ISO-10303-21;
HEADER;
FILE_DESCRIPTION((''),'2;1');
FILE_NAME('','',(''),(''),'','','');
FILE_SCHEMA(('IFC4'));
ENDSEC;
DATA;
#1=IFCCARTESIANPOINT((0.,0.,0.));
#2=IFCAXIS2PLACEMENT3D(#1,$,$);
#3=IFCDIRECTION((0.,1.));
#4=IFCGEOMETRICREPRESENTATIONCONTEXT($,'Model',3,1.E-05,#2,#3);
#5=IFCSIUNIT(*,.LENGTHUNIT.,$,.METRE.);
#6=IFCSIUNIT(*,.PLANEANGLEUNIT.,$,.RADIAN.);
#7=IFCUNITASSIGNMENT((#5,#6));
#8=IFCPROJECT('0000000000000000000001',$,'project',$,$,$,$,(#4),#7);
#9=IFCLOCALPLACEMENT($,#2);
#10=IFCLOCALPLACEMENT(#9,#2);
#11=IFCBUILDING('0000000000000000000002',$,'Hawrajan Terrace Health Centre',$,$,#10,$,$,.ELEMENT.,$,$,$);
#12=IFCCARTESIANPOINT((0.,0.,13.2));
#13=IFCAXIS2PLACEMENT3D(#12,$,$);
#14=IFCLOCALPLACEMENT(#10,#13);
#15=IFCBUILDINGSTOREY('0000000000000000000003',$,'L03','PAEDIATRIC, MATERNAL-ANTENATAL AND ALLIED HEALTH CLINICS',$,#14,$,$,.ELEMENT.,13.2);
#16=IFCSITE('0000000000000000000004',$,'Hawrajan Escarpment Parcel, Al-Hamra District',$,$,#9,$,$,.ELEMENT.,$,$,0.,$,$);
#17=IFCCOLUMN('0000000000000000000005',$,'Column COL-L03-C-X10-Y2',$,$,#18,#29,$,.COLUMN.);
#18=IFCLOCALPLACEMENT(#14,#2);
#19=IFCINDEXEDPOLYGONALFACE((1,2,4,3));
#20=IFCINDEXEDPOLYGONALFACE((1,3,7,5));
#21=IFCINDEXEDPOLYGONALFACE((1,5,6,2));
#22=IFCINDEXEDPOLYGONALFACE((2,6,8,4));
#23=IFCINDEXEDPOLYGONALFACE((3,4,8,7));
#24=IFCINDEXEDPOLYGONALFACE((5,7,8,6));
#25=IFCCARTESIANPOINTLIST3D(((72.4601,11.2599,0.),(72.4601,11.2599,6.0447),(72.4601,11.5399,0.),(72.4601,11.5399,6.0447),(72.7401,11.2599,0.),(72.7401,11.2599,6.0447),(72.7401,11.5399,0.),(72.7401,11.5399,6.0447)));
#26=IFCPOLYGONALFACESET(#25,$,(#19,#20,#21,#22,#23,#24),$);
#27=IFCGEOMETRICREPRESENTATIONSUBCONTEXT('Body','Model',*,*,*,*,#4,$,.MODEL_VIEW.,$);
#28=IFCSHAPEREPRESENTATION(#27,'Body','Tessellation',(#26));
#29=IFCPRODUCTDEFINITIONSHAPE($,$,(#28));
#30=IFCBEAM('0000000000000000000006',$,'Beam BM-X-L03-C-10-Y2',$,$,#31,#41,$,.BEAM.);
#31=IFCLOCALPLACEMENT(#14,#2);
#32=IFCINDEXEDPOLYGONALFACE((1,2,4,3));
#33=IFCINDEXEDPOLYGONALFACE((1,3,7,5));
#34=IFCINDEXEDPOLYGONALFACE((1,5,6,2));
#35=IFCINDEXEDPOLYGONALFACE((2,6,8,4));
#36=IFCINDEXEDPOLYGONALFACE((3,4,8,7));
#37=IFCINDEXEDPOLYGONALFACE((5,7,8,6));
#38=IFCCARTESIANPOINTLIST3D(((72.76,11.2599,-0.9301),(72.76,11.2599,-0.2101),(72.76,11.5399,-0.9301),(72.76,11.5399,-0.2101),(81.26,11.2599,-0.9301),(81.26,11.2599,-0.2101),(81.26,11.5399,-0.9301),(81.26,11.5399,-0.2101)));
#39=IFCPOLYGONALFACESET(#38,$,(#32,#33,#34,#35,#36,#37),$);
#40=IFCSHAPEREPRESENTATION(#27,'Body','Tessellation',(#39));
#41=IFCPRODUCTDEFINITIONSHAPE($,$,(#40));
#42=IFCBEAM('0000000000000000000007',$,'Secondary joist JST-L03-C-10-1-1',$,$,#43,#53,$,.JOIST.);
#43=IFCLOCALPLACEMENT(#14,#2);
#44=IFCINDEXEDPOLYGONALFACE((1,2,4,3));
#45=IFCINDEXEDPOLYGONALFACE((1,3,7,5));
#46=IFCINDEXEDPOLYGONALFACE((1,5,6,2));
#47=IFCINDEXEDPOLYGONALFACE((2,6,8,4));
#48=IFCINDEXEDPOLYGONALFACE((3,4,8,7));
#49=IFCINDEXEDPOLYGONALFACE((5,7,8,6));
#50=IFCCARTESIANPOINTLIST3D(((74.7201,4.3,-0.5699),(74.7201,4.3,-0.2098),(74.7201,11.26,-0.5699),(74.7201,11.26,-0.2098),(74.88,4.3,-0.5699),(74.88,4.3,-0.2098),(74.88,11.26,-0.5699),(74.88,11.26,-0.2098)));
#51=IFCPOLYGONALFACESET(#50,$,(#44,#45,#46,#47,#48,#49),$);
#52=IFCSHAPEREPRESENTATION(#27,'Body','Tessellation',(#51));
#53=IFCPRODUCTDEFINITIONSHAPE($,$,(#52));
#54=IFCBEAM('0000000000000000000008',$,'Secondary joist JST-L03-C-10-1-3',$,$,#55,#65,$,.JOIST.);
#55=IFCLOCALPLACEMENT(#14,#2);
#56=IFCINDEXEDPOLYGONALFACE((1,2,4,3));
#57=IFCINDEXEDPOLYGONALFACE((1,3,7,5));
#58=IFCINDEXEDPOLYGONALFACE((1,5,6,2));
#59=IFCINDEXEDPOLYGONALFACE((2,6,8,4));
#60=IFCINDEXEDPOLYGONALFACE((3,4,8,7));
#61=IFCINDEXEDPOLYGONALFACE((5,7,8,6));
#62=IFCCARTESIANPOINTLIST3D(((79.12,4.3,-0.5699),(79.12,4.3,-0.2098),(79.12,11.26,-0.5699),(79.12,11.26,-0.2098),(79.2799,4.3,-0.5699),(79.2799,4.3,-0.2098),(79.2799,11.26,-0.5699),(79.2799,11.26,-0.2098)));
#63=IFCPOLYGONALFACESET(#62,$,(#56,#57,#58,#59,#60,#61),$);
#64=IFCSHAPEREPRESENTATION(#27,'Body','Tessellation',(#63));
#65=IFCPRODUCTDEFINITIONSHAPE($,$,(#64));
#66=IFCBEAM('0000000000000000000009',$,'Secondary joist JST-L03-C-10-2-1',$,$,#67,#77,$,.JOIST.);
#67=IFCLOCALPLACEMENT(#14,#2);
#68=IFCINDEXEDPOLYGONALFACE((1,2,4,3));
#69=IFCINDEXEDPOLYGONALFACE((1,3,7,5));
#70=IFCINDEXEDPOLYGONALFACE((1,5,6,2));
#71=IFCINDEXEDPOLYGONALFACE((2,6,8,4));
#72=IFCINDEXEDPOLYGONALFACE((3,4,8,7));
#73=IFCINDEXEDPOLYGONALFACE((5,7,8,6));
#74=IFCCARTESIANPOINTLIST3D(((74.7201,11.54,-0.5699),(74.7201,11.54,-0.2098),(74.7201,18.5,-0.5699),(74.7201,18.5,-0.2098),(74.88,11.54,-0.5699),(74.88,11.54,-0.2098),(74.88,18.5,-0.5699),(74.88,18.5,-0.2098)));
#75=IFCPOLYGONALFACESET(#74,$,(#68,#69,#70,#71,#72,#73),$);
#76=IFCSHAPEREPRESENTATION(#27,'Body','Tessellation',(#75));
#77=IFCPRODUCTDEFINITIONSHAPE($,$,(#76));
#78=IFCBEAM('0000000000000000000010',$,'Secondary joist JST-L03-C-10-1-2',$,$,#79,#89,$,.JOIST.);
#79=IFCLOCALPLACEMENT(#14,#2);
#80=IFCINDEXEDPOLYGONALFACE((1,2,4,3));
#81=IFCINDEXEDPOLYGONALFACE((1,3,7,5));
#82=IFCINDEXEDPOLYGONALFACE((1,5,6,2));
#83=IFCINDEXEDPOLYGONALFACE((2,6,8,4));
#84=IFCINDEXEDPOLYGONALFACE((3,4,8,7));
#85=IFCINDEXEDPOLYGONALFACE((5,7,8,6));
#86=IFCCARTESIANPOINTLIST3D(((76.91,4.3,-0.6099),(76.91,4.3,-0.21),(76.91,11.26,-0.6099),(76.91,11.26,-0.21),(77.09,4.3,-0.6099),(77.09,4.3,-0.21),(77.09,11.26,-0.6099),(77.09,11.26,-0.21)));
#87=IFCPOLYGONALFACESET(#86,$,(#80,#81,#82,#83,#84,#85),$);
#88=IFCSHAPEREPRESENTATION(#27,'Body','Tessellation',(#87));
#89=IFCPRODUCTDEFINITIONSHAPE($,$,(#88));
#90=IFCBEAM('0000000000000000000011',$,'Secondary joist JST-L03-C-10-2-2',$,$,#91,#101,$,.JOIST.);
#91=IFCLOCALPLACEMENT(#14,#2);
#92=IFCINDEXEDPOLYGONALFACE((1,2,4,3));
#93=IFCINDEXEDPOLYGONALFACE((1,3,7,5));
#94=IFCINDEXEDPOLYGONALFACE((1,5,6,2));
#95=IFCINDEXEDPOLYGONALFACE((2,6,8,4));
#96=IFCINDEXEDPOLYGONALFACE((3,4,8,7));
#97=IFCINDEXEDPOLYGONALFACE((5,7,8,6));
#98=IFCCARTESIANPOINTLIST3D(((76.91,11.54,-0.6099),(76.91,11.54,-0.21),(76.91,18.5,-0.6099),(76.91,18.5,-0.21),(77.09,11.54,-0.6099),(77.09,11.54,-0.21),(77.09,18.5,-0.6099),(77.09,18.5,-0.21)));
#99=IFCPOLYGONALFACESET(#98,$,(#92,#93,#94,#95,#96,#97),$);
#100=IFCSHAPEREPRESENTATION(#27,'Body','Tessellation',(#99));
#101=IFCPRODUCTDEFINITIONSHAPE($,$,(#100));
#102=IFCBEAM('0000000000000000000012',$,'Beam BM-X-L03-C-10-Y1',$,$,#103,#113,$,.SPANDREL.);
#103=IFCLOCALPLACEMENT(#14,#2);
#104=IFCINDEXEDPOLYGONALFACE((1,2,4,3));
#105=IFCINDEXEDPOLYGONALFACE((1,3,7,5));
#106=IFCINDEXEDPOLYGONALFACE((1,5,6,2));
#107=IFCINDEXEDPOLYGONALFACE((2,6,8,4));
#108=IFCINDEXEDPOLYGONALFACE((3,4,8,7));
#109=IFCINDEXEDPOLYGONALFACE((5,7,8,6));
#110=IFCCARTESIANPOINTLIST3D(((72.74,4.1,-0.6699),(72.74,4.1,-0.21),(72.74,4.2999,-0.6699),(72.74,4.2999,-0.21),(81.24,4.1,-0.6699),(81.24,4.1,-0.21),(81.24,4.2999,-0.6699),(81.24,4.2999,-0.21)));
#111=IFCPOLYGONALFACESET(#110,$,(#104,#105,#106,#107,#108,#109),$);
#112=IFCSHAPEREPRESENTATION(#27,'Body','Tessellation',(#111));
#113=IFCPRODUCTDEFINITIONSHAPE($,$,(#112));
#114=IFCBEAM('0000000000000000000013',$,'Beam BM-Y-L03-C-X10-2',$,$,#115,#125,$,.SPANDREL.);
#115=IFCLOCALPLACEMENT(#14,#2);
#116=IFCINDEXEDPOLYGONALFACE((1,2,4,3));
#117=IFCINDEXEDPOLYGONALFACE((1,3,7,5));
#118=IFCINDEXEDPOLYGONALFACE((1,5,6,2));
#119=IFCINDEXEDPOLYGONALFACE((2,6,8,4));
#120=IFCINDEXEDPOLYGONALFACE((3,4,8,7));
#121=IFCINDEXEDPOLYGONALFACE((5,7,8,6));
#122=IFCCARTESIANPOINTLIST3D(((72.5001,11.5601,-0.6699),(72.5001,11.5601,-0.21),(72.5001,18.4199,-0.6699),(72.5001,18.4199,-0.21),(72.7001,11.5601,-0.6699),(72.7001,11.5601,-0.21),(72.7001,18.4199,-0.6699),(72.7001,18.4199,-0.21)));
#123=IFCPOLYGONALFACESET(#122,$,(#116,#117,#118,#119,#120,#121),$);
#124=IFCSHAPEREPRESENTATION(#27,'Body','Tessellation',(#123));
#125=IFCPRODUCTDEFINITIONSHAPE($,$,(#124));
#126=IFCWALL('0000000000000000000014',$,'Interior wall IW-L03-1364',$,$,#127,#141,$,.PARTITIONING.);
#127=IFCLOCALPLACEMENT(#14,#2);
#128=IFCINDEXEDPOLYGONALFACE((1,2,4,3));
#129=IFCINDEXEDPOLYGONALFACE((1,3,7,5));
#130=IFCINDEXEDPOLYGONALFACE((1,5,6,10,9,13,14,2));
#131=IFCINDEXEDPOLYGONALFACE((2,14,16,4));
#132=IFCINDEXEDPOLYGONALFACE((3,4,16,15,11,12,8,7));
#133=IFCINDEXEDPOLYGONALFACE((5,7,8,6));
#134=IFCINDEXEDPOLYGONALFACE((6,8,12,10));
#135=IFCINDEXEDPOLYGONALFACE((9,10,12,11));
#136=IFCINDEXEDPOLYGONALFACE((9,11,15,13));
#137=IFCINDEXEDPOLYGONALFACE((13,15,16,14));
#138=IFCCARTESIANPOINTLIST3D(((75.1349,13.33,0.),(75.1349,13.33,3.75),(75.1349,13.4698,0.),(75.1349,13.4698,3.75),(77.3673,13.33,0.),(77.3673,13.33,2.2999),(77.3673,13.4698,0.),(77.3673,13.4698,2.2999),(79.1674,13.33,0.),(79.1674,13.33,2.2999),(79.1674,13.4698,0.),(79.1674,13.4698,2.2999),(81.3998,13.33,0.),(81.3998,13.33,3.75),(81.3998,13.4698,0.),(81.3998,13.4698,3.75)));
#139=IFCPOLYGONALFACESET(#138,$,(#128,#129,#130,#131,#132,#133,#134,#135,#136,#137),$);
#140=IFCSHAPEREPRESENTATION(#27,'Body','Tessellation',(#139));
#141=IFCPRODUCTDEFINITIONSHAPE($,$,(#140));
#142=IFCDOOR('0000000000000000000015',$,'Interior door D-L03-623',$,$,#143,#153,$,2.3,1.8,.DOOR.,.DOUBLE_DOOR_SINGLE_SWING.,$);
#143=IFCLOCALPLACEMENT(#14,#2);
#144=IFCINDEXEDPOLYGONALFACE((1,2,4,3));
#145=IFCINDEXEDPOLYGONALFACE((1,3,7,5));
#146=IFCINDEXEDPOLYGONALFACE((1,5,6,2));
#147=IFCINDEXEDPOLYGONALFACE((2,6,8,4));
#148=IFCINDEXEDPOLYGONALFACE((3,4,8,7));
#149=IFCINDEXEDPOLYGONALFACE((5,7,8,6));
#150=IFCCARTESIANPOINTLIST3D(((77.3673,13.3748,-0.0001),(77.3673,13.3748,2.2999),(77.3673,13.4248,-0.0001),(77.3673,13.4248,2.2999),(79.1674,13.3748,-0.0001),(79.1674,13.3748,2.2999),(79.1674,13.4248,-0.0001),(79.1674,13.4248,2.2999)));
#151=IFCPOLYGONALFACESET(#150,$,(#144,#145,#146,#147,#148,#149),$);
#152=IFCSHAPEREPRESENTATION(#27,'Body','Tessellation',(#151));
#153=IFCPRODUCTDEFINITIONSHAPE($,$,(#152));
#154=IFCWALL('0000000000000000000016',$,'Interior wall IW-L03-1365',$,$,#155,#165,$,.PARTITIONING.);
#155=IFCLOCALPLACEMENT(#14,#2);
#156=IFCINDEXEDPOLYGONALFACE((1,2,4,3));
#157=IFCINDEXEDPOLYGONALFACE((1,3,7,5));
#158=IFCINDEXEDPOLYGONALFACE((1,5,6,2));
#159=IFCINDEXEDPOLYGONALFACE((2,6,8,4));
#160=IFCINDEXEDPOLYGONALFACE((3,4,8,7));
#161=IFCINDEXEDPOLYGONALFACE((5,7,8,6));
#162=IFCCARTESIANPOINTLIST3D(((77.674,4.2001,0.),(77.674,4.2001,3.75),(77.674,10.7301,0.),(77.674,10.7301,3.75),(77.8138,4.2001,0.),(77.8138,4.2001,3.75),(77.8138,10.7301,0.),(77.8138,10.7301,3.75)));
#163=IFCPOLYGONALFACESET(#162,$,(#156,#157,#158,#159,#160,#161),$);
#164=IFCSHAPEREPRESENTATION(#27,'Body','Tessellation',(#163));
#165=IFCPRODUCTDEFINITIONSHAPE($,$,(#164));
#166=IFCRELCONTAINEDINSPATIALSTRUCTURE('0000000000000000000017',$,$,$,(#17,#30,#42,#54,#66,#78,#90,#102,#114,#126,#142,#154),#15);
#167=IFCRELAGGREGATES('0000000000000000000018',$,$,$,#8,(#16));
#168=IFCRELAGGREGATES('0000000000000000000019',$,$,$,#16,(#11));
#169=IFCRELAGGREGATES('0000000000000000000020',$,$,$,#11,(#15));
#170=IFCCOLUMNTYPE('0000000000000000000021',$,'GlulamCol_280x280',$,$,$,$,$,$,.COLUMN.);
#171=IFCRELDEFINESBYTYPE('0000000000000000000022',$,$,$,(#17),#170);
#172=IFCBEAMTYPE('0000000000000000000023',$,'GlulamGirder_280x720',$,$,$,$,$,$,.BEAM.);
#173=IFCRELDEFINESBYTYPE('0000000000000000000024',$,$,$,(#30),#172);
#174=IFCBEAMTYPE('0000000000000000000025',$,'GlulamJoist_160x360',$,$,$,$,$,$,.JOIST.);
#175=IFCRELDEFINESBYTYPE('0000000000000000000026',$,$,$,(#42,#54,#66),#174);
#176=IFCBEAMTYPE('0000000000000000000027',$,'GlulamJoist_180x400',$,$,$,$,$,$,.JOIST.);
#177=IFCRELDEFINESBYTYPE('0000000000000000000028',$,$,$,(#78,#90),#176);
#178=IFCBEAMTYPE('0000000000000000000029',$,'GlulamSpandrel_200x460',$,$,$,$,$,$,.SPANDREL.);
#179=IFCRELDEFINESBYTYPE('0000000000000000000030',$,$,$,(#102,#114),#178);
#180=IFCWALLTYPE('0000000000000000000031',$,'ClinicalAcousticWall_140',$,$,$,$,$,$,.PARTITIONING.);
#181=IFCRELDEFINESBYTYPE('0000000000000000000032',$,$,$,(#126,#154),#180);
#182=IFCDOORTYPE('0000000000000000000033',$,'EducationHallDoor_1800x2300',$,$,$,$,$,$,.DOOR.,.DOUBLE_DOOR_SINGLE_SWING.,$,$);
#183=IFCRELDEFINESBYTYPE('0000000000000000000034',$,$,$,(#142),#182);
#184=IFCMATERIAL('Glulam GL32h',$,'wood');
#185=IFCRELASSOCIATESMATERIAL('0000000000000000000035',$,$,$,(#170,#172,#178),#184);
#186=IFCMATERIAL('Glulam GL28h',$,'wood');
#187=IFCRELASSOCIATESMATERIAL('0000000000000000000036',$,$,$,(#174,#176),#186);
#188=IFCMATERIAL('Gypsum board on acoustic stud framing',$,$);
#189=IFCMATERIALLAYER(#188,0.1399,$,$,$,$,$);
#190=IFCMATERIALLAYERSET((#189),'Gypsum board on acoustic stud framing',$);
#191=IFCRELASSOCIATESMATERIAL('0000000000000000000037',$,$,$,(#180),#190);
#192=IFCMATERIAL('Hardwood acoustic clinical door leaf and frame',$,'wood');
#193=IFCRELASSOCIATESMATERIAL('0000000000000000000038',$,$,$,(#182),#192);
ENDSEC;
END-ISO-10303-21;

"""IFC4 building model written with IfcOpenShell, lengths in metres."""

from ifc_helpers import new_model, si_unit, direction, frame, frame_2d, origin, origin_2d, place, context, subcontext, project, spatial, rectangle, extrude, material, layer, layer_set, material_profile, profile_set, type_object, element, fill, save


model = new_model("IFC4")

# Units and contexts
model_context = context("Model", 3, precision=1e-05, world=origin(), true_north=direction((0.0, 1.0)))
body_context = subcontext(model_context, "Body", "Model", "MODEL_VIEW")
ifc_project = project(units=[si_unit("LENGTHUNIT", "METRE"), si_unit("PLANEANGLEUNIT", "RADIAN")], contexts=[model_context])

# Site, building, storey
site_placement = place(None, origin())
site = spatial("IfcSite", under=ifc_project, at=site_placement, Name="Hawrajan Escarpment Parcel, Al-Hamra District", CompositionType="ELEMENT", RefElevation=0.0)
building_placement = place(site_placement, origin())
building = spatial("IfcBuilding", under=site, at=building_placement, Name="Hawrajan Terrace Health Centre", CompositionType="ELEMENT")
storey_placement = place(building_placement, frame((0.0, 0.0, 13.2)))
storey = spatial("IfcBuildingStorey", under=building, at=storey_placement, Name="L03", Description="PAEDIATRIC, MATERNAL-ANTENATAL AND ALLIED HEALTH CLINICS", CompositionType="ELEMENT", Elevation=13.2)

# Column
ifc_material_1 = material(Name="Glulam GL32h", Category="wood")
ifc_material_profile_1 = material_profile(ifc_material_1, rectangle(XDim=0.28, YDim=0.28, at=origin_2d()), Name="GL 280x280")
ifc_profile_set_1 = profile_set([ifc_material_profile_1], Name="Glulam GL32h")
column_type = type_object("IfcColumnType", Name="GlulamCol_280x280", PredefinedType="COLUMN", material=ifc_profile_set_1)
column_placement = place(storey_placement, frame((72.6001, 11.3999, 0.0), z_axis=(0.0, 0.0, 1.0), x_axis=(1.0, 0.0, 0.0)))
element("IfcColumn", 1, at=column_placement, inside=storey, type_object=column_type, Name="Column COL-L03-C-X10-Y2", PredefinedType="COLUMN", context=body_context, shape_type="SweptSolid", body=[
    extrude(rectangle(XDim=0.28, YDim=0.28, at=origin_2d()), origin(), (0.0, 0.0, 1.0), 6.0447),
])

# Beams
ifc_material_profile_2 = material_profile(ifc_material_1, rectangle(XDim=0.28, YDim=0.72, at=origin_2d()), Name="GL BM 280x720")
ifc_profile_set_2 = profile_set([ifc_material_profile_2], Name="Glulam GL32h")
beam_type_1 = type_object("IfcBeamType", Name="GlulamGirder_280x720", PredefinedType="BEAM", material=ifc_profile_set_2)
beam_1_placement = place(storey_placement, frame((72.76, 11.3999, -0.5701), z_axis=(1.0, 0.0, 0.0), x_axis=(0.0, 1.0, 0.0)))
element("IfcBeam", 2, at=beam_1_placement, inside=storey, type_object=beam_type_1, Name="Beam BM-X-L03-C-10-Y2", PredefinedType="BEAM", context=body_context, shape_type="SweptSolid", body=[
    extrude(rectangle(XDim=0.28, YDim=0.72, at=origin_2d()), origin(), (0.0, 0.0, 1.0), 8.5),
])
ifc_material_2 = material(Name="Glulam GL28h", Category="wood")
ifc_material_profile_3 = material_profile(ifc_material_2, rectangle(XDim=0.1599, YDim=0.3601, at=origin_2d()), Name="GL JST 160x360")
ifc_profile_set_3 = profile_set([ifc_material_profile_3], Name="Glulam GL28h")
beam_type_2 = type_object("IfcBeamType", Name="GlulamJoist_160x360", PredefinedType="JOIST", material=ifc_profile_set_3)
for number, where, z_axis, x_axis, name in (
    (3, (74.8, 4.3, -0.3899), (0.0, 1.0, 0.0), (-1.0, 0.0, 0.0), "Secondary joist JST-L03-C-10-1-1"),
    (4, (79.2, 4.3, -0.3899), (0.0, 1.0, 0.0), (-1.0, 0.0, 0.0), "Secondary joist JST-L03-C-10-1-3"),
    (5, (74.8, 11.54, -0.3899), (0.0, 1.0, 0.0), (-1.0, 0.0, 0.0), "Secondary joist JST-L03-C-10-2-1"),
):
    element("IfcBeam", number, at=place(storey_placement, frame(where, z_axis=z_axis, x_axis=x_axis)), inside=storey, type_object=beam_type_2, Name=name, PredefinedType="JOIST", context=body_context, shape_type="SweptSolid", body=[
        extrude(rectangle(XDim=0.1599, YDim=0.3601, at=origin_2d()), origin(), (0.0, 0.0, 1.0), 6.96),
    ])
ifc_material_profile_4 = material_profile(ifc_material_2, rectangle(XDim=0.1799, YDim=0.3999, at=origin_2d()), Name="GL JST 180x400")
ifc_profile_set_4 = profile_set([ifc_material_profile_4], Name="Glulam GL28h")
beam_type_3 = type_object("IfcBeamType", Name="GlulamJoist_180x400", PredefinedType="JOIST", material=ifc_profile_set_4)
for number, where, z_axis, x_axis, name in (
    (6, (77.0, 4.3, -0.4099), (0.0, 1.0, 0.0), (-1.0, 0.0, 0.0), "Secondary joist JST-L03-C-10-1-2"),
    (7, (77.0, 11.54, -0.4099), (0.0, 1.0, 0.0), (-1.0, 0.0, 0.0), "Secondary joist JST-L03-C-10-2-2"),
):
    element("IfcBeam", number, at=place(storey_placement, frame(where, z_axis=z_axis, x_axis=x_axis)), inside=storey, type_object=beam_type_3, Name=name, PredefinedType="JOIST", context=body_context, shape_type="SweptSolid", body=[
        extrude(rectangle(XDim=0.1799, YDim=0.3999, at=origin_2d()), origin(), (0.0, 0.0, 1.0), 6.96),
    ])
ifc_material_profile_5 = material_profile(ifc_material_1, rectangle(XDim=0.2, YDim=0.46, at=origin_2d()), Name="GL SP 200x460")
ifc_profile_set_5 = profile_set([ifc_material_profile_5], Name="Glulam GL32h")
beam_type_4 = type_object("IfcBeamType", Name="GlulamSpandrel_200x460", PredefinedType="SPANDREL", material=ifc_profile_set_5)
beam_2_placement = place(storey_placement, frame((72.74, 4.2, -0.4399), z_axis=(1.0, 0.0, 0.0), x_axis=(0.0, 1.0, 0.0)))
element("IfcBeam", 8, at=beam_2_placement, inside=storey, type_object=beam_type_4, Name="Beam BM-X-L03-C-10-Y1", PredefinedType="SPANDREL", context=body_context, shape_type="SweptSolid", body=[
    extrude(rectangle(XDim=0.2, YDim=0.46, at=origin_2d()), origin(), (0.0, 0.0, 1.0), 8.5),
])
beam_3_placement = place(storey_placement, frame((72.6001, 11.5601, -0.4399), z_axis=(0.0, 1.0, 0.0), x_axis=(-1.0, 0.0, 0.0)))
element("IfcBeam", 9, at=beam_3_placement, inside=storey, type_object=beam_type_4, Name="Beam BM-Y-L03-C-X10-2", PredefinedType="SPANDREL", context=body_context, shape_type="SweptSolid", body=[
    extrude(rectangle(XDim=0.2, YDim=0.46, at=origin_2d()), origin(), (0.0, 0.0, 1.0), 6.8599),
])

# Shared definitions
ifc_material_3 = material(Name="Gypsum board on acoustic stud framing")
ifc_layer_1 = layer(ifc_material_3, 0.1399)
ifc_layer_set_1 = layer_set([ifc_layer_1], Name="Gypsum board on acoustic stud framing")
wall_type_1 = type_object("IfcWallType", Name="ClinicalAcousticWall_140", PredefinedType="PARTITIONING", material=ifc_layer_set_1)

# Wall, opening, door
wall_1_placement = place(storey_placement, frame((75.135, 13.3999, 0.0), z_axis=(0.0, 0.0, 1.0), x_axis=(1.0, 0.0, 0.0)))
wall_1 = element("IfcWall", 10, at=wall_1_placement, inside=storey, type_object=wall_type_1, Name="Interior wall IW-L03-1364", PredefinedType="PARTITIONING", context=body_context, shape_type="SweptSolid", body=[
    extrude(rectangle(XDim=6.2649, YDim=0.1399, at=frame_2d((3.1323, 0.0))), origin(), (0.0, 0.0, 1.0), 3.75),
])
opening_1_placement = place(wall_1_placement, frame((2.2324, 0.0, 0.0)))
opening_1 = element("IfcOpeningElement", 11, at=opening_1_placement, cuts=wall_1, PredefinedType="OPENING", context=body_context, shape_type="SweptSolid", body=[
    extrude(rectangle(XDim=1.8, YDim=2.3, at=frame_2d((0.8999, 1.1499))), frame((0.0, 0.0798, 0.0), z_axis=(0.0, -1.0, 0.0), x_axis=(1.0, 0.0, 0.0)), (0.0, 0.0, 1.0), 0.1599),
])
ifc_material_4 = material(Name="Hardwood acoustic clinical door leaf and frame", Category="wood")
door_type_1 = type_object("IfcDoorType", Name="EducationHallDoor_1800x2300", OperationType="DOUBLE_DOOR_SINGLE_SWING", PredefinedType="DOOR", material=ifc_material_4)
door_1_placement = place(opening_1_placement, origin())
door_1 = element("IfcDoor", 12, at=door_1_placement, inside=storey, type_object=door_type_1, Name="Interior door D-L03-623", OperationType="DOUBLE_DOOR_SINGLE_SWING", OverallHeight=2.3, OverallWidth=1.8, PredefinedType="DOOR", context=body_context, shape_type="SweptSolid", body=[
    extrude(rectangle(XDim=1.8, YDim=2.3, at=frame_2d((0.8999, 1.1499))), frame((0.0, 0.0249, 0.0), z_axis=(0.0, -1.0, 0.0), x_axis=(1.0, 0.0, 0.0)), (0.0, 0.0, 1.0), 0.05),
])
fill(opening_1, door_1)

# Wall
wall_2_placement = place(storey_placement, frame((77.7439, 4.2, 0.0), z_axis=(0.0, 0.0, 1.0), x_axis=(0.0, 1.0, 0.0)))
element("IfcWall", 13, at=wall_2_placement, inside=storey, type_object=wall_type_1, Name="Interior wall IW-L03-1365", PredefinedType="PARTITIONING", context=body_context, shape_type="SweptSolid", body=[
    extrude(rectangle(XDim=6.53, YDim=0.1399, at=frame_2d((3.2651, 0.0))), origin(), (0.0, 0.0, 1.0), 3.75),
])

save(model, "model.ifc")
